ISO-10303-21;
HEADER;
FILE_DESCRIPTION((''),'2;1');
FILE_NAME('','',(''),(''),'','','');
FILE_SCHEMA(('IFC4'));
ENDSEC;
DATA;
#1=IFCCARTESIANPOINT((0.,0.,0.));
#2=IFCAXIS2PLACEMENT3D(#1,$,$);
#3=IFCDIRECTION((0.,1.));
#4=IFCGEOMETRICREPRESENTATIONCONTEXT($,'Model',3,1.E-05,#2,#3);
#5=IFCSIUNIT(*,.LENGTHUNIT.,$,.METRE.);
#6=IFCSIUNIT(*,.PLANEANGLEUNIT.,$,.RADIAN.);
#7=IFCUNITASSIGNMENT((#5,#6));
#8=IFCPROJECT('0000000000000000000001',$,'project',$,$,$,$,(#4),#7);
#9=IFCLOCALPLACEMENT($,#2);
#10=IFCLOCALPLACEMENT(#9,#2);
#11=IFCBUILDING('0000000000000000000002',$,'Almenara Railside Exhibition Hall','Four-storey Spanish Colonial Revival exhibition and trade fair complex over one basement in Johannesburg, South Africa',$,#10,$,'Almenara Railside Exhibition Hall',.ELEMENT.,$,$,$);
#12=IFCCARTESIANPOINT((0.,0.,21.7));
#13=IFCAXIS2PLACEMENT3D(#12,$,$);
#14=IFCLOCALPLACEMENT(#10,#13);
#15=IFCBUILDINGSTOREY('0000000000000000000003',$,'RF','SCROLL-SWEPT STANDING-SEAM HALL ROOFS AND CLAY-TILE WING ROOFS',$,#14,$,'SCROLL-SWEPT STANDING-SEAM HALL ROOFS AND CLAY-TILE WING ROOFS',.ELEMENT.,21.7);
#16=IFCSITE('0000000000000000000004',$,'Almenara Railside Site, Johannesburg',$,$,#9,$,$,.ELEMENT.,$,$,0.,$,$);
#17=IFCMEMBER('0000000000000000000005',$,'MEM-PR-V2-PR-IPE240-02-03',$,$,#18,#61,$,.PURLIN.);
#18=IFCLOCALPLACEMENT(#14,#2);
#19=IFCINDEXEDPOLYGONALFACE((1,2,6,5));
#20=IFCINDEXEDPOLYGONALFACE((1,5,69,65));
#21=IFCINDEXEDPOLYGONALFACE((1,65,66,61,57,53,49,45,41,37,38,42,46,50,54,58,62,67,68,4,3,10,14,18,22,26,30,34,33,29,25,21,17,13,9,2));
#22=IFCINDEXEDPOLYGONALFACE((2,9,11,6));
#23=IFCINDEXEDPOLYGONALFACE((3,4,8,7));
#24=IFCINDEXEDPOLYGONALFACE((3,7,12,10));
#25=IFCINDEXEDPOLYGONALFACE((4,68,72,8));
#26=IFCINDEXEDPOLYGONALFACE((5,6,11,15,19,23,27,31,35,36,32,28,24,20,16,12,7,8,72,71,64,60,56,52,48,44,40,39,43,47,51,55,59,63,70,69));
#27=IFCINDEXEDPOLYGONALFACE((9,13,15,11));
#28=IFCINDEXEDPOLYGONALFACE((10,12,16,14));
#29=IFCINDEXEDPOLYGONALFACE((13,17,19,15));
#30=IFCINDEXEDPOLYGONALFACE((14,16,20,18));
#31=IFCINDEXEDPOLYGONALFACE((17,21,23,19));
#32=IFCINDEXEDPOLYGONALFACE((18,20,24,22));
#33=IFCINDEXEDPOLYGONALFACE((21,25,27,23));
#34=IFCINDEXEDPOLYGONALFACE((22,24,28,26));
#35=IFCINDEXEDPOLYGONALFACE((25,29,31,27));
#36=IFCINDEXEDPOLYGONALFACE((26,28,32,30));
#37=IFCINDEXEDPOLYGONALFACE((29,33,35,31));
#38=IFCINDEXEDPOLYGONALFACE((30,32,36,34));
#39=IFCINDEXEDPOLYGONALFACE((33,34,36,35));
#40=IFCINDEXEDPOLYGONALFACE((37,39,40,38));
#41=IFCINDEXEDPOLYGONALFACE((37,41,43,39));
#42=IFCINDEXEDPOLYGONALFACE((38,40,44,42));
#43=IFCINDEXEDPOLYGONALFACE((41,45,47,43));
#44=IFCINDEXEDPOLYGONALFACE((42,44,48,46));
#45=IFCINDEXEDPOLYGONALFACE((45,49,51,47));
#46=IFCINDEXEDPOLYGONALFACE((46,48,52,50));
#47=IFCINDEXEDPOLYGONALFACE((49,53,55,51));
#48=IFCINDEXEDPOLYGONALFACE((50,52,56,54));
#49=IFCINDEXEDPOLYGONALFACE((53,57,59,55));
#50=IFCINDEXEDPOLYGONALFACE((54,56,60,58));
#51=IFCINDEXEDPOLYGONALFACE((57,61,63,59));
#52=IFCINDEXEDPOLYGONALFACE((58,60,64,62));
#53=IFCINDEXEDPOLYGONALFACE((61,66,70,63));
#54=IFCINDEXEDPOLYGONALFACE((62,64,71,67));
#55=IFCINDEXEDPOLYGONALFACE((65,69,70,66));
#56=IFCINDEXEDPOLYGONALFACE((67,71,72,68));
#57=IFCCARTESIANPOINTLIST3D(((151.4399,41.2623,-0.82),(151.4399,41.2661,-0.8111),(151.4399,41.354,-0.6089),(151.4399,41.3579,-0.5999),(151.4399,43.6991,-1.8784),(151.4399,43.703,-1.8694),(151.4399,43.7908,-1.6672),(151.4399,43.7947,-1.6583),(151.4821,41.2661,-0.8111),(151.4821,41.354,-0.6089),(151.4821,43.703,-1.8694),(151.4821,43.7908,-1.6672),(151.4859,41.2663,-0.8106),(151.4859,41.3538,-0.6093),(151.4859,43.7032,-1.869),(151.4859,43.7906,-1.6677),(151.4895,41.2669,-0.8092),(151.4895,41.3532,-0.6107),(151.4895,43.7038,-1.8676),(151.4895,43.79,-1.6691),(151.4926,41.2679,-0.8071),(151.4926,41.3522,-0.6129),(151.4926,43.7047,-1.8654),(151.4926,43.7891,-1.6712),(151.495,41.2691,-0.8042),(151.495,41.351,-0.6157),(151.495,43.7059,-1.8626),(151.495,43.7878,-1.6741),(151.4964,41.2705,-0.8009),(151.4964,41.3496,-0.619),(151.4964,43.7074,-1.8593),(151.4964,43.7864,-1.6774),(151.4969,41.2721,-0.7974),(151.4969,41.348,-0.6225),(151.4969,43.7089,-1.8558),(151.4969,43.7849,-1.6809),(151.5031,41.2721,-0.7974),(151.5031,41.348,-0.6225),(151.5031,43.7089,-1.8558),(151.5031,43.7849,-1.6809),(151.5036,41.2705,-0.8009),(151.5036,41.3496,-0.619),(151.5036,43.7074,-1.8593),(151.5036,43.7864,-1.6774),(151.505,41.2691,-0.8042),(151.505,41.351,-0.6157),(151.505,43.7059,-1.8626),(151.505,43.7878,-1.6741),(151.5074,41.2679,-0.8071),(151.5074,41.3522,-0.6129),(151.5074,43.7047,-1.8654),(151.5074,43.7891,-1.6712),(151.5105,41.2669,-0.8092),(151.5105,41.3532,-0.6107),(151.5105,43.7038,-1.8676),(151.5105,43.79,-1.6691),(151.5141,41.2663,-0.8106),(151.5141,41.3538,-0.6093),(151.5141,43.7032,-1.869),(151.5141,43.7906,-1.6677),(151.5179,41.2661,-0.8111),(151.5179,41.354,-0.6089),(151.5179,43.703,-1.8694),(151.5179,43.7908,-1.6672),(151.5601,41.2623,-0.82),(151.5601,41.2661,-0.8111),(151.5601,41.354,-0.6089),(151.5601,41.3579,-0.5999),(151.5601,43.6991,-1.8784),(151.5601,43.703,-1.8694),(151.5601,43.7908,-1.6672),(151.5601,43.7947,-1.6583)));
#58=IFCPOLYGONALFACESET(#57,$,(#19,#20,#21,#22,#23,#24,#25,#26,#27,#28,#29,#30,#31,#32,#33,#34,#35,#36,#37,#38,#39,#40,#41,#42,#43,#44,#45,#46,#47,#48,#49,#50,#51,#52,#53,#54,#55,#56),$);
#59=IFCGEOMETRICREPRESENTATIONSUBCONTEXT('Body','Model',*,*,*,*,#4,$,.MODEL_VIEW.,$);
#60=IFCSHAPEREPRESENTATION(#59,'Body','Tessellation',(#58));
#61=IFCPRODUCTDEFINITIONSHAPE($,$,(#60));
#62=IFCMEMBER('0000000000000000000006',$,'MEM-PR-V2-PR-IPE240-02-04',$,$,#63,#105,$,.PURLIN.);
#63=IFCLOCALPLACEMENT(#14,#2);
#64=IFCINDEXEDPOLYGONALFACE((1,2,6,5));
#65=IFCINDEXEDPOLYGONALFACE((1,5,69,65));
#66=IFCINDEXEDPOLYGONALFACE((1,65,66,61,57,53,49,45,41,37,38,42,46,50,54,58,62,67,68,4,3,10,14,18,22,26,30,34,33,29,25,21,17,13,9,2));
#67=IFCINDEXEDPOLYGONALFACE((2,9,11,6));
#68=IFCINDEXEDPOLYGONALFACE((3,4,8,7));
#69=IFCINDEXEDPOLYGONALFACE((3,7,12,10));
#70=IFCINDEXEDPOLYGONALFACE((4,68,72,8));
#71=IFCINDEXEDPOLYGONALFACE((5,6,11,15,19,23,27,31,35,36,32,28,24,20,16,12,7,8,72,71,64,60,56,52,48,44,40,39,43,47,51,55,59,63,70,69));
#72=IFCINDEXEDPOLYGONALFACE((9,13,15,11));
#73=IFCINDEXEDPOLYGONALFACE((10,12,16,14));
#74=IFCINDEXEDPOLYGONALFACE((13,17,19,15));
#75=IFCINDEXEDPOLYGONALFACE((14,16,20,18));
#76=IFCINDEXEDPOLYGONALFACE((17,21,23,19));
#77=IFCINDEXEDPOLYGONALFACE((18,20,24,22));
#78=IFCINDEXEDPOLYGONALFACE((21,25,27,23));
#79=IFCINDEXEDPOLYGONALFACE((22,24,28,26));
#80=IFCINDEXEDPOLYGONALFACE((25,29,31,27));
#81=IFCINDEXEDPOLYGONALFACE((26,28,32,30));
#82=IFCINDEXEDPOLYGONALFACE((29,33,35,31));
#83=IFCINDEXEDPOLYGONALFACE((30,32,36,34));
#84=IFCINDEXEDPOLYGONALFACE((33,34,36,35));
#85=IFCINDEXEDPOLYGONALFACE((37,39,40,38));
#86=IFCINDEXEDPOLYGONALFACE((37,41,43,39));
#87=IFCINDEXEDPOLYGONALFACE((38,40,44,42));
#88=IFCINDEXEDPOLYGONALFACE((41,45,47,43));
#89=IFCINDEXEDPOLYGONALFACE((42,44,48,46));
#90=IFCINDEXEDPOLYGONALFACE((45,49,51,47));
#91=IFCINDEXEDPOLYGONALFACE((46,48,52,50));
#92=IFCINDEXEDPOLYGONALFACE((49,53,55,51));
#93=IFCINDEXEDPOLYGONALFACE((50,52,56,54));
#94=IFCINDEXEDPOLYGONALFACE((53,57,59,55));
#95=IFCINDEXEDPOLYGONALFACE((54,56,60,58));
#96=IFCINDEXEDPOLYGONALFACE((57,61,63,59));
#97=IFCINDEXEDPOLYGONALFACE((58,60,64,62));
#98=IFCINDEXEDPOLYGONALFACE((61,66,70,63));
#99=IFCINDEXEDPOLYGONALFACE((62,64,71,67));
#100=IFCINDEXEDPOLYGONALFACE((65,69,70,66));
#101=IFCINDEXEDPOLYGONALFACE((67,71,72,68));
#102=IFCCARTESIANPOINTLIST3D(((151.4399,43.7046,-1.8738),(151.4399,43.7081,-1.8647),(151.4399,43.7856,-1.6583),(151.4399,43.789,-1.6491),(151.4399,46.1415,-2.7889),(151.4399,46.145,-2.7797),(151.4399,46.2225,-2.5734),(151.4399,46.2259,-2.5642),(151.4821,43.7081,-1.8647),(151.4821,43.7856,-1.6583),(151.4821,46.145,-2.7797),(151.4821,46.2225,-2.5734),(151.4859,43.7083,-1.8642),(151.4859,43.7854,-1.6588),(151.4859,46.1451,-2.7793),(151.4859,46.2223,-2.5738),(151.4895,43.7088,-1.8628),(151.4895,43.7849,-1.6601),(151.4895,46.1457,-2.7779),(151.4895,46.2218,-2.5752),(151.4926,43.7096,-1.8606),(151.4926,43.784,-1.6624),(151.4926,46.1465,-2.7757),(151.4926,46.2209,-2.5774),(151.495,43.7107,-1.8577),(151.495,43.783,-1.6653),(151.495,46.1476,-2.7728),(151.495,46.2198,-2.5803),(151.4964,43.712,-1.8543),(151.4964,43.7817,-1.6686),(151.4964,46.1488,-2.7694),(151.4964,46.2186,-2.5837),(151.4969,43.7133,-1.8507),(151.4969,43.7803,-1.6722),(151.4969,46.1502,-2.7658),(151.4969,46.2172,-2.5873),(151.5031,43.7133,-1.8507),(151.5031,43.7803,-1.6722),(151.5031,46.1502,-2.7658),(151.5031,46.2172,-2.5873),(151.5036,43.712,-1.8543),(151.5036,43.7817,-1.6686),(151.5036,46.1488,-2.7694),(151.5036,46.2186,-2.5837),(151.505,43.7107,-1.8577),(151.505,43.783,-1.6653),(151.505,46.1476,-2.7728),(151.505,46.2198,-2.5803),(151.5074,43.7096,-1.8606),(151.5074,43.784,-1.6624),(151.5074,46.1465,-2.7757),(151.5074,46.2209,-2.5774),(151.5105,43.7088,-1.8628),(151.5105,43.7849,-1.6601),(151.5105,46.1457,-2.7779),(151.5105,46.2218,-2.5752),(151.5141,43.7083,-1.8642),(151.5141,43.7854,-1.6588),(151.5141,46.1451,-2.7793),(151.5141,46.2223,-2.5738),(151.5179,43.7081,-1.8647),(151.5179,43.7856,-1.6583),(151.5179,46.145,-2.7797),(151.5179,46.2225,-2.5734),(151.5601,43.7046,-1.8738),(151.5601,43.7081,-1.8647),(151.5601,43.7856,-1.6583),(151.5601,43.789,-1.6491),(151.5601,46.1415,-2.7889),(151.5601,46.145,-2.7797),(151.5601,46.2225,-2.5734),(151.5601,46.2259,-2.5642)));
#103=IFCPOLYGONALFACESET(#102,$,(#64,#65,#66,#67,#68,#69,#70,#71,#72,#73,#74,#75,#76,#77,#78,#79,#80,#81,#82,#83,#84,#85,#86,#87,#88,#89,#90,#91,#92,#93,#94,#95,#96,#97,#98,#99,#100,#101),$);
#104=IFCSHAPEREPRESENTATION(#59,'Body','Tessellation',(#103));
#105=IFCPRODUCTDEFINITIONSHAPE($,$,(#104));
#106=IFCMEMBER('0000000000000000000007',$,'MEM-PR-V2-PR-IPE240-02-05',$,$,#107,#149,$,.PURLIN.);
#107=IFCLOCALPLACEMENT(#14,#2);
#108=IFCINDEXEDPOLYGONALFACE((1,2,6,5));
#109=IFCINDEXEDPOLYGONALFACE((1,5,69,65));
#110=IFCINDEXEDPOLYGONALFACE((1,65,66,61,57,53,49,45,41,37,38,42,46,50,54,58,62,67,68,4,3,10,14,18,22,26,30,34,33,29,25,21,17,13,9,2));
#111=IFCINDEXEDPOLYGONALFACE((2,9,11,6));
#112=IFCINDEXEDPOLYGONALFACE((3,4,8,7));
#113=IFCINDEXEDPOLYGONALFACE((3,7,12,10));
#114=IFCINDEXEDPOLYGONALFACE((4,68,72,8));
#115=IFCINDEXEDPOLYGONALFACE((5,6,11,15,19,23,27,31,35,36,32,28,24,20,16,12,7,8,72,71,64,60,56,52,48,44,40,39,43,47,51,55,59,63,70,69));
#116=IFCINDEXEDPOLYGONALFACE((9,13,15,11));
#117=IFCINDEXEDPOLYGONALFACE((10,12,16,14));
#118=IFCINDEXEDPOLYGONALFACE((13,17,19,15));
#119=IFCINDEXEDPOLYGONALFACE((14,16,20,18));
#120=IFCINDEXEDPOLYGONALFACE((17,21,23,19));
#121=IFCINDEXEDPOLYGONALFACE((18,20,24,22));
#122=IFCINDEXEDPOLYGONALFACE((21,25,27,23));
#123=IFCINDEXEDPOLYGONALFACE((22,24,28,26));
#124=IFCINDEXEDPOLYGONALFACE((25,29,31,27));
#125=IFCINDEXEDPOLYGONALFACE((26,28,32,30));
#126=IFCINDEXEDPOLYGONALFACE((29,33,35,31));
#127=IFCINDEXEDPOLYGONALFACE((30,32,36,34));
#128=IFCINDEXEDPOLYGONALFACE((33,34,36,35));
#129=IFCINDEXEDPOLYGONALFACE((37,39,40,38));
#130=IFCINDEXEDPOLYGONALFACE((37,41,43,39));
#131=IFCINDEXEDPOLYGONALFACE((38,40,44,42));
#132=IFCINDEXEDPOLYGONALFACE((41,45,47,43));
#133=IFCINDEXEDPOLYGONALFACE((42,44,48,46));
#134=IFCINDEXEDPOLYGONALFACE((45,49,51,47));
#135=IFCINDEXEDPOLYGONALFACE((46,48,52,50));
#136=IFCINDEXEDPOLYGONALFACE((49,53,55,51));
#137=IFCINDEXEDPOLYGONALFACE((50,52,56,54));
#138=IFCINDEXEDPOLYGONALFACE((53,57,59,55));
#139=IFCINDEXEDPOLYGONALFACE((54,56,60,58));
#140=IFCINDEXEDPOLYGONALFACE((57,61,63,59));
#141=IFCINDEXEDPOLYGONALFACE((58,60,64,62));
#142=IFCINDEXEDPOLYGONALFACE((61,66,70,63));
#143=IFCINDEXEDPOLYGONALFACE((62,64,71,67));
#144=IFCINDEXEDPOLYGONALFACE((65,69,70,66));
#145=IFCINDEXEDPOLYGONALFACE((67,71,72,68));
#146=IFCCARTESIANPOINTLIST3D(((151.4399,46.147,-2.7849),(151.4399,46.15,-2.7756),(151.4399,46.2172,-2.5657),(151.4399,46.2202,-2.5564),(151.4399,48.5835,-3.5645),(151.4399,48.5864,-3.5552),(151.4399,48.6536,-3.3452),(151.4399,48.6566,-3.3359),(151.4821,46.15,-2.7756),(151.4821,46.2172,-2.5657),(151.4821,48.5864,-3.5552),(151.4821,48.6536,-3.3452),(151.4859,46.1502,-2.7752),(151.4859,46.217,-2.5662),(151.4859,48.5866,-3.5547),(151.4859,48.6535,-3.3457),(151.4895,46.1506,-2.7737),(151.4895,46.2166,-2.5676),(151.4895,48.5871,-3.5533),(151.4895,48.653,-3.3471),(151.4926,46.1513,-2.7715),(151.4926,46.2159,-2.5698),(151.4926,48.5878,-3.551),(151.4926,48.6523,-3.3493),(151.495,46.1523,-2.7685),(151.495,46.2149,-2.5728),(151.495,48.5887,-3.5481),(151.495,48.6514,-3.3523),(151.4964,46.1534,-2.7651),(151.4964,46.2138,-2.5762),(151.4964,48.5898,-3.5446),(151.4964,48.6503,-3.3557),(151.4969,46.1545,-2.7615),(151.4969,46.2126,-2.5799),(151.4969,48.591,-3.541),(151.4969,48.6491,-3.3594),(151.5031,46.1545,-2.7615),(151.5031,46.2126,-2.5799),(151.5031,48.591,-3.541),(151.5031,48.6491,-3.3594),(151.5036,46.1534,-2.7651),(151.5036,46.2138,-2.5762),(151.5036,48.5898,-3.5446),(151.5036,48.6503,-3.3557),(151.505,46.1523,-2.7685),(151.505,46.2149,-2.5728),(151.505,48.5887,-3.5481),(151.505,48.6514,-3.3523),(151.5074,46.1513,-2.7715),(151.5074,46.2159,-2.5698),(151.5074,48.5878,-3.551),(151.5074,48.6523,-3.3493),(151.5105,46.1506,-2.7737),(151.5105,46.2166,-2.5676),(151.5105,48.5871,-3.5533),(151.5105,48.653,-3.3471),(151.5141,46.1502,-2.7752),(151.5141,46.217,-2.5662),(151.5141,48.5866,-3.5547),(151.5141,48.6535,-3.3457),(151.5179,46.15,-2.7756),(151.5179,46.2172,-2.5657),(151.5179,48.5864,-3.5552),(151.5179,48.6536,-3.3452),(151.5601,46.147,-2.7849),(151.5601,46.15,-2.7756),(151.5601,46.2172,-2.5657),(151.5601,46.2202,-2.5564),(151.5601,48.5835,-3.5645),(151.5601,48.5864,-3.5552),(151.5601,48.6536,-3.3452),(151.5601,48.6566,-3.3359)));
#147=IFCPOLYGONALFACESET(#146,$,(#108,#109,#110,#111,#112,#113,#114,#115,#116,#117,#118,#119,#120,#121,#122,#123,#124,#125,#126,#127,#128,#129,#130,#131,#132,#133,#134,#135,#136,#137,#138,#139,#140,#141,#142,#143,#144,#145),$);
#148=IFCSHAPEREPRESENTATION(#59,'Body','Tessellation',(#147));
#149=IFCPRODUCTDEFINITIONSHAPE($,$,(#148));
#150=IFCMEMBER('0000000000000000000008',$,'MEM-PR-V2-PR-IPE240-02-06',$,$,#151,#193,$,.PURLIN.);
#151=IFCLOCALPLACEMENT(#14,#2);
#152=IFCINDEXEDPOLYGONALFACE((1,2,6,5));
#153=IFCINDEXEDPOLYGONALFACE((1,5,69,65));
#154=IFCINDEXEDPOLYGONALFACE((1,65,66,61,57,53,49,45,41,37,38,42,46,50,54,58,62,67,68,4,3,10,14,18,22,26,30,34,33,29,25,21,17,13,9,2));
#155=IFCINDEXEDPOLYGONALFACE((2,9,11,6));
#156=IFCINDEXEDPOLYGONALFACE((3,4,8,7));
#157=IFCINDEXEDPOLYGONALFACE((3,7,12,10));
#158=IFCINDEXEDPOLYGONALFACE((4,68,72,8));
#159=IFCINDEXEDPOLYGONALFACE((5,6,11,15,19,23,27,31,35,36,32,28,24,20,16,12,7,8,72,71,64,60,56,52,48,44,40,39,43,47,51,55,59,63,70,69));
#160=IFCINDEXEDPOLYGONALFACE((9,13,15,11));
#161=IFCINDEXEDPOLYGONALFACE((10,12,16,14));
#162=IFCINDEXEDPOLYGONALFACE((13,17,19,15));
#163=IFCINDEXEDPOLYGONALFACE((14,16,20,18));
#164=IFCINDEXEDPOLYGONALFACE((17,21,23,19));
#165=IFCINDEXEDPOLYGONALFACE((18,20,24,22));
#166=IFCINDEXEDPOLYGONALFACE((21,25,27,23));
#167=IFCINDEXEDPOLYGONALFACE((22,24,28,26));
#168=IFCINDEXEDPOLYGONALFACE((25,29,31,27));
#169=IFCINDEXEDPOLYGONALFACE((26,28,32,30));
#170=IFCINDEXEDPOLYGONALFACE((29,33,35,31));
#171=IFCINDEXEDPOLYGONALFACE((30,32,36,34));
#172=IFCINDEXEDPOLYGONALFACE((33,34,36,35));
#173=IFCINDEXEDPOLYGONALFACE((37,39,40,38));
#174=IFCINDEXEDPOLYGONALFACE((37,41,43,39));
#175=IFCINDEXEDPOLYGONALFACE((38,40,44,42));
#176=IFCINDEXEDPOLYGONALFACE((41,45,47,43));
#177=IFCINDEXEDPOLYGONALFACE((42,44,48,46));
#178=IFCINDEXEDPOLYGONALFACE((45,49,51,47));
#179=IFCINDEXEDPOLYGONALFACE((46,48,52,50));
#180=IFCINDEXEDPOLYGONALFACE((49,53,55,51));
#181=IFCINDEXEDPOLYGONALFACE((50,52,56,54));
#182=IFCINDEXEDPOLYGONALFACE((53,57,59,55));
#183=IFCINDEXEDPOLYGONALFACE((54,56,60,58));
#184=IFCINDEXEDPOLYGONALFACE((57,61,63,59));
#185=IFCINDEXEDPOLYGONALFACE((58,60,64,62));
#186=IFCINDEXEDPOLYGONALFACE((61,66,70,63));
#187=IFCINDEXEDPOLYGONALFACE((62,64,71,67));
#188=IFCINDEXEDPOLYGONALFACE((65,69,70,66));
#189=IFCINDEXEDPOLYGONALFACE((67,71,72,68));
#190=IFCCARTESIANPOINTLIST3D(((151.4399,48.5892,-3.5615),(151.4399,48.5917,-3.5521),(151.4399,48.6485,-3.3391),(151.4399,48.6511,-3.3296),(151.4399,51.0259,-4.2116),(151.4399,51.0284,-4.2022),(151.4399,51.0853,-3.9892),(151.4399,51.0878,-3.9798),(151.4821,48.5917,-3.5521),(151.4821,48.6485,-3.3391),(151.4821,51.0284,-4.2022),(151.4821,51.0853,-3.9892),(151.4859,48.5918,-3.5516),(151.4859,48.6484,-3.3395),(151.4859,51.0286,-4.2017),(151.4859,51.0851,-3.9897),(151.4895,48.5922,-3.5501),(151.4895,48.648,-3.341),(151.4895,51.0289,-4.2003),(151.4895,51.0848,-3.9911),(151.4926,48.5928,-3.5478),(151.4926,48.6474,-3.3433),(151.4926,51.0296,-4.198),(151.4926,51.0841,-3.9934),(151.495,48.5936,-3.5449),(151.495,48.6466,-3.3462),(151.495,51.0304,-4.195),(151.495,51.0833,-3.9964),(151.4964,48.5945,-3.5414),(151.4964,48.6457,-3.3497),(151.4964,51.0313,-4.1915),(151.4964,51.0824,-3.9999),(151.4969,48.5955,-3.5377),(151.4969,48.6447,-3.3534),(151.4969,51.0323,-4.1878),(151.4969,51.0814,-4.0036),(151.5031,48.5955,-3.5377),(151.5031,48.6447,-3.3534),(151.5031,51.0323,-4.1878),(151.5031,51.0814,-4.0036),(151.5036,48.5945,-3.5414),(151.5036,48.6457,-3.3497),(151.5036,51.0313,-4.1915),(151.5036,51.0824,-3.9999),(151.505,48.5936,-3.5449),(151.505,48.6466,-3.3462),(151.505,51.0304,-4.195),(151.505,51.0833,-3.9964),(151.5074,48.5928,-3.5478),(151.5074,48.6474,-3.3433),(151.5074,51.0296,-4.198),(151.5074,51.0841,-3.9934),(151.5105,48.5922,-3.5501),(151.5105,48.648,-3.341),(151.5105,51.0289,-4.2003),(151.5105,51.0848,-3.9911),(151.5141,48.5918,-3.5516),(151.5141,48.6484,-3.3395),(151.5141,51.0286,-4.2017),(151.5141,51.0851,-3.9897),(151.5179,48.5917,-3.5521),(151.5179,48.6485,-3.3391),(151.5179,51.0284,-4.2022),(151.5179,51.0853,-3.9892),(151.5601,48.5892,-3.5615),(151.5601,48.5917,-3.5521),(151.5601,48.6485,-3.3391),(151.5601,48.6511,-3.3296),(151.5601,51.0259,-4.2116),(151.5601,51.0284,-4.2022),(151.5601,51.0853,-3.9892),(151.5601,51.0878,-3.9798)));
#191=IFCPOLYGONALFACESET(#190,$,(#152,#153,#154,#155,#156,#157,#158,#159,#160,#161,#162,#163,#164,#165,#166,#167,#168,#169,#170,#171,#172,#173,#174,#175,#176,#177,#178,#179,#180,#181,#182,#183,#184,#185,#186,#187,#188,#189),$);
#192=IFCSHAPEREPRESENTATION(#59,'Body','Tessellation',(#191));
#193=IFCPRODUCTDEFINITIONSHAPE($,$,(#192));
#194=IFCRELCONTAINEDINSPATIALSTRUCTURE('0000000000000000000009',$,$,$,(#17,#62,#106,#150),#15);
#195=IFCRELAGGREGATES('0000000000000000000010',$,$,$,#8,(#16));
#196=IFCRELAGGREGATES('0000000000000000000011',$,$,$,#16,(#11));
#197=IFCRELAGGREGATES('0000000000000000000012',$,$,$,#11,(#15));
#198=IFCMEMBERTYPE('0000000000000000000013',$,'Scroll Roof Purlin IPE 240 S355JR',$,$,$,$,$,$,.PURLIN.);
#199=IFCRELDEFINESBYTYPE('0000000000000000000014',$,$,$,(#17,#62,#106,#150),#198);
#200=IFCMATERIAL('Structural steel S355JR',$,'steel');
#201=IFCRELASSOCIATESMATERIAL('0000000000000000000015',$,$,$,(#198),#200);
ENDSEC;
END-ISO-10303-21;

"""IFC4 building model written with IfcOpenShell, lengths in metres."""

from ifc_helpers import new_model, si_unit, direction, frame, origin, origin_2d, place, context, subcontext, project, spatial, i_section, extrude, material, material_profile, profile_set, type_object, element, save


model = new_model("IFC4")

# Units and contexts
model_context = context("Model", 3, precision=1e-05, world=origin(), true_north=direction((0.0, 1.0)))
body_context = subcontext(model_context, "Body", "Model", "MODEL_VIEW")
ifc_project = project(units=[si_unit("LENGTHUNIT", "METRE"), si_unit("PLANEANGLEUNIT", "RADIAN")], contexts=[model_context])

# Site, building, storey
site_placement = place(None, origin())
site = spatial("IfcSite", under=ifc_project, at=site_placement, Name="Almenara Railside Site, Johannesburg", CompositionType="ELEMENT", RefElevation=0.0)
building_placement = place(site_placement, origin())
building = spatial("IfcBuilding", under=site, at=building_placement, Name="Almenara Railside Exhibition Hall", Description="Four-storey Spanish Colonial Revival exhibition and trade fair complex over one basement in Johannesburg, South Africa", LongName="Almenara Railside Exhibition Hall", CompositionType="ELEMENT")
storey_placement = place(building_placement, frame((0.0, 0.0, 21.7)))
storey = spatial("IfcBuildingStorey", under=building, at=storey_placement, Name="RF", Description="SCROLL-SWEPT STANDING-SEAM HALL ROOFS AND CLAY-TILE WING ROOFS", LongName="SCROLL-SWEPT STANDING-SEAM HALL ROOFS AND CLAY-TILE WING ROOFS", CompositionType="ELEMENT", Elevation=21.7)

# Members
ifc_material_1 = material(Name="Structural steel S355JR", Category="steel")
ifc_material_profile_1 = material_profile(ifc_material_1, i_section(OverallWidth=0.1201, OverallDepth=0.24, WebThickness=0.0061, FlangeThickness=0.0098, FilletRadius=0.0149, at=origin_2d()), Name="IPE 240")
ifc_profile_set_1 = profile_set([ifc_material_profile_1], Name="Structural steel S355JR")
member_type_1 = type_object("IfcMemberType", Name="Scroll Roof Purlin IPE 240 S355JR", PredefinedType="PURLIN", material=ifc_profile_set_1)
member_1_placement = place(storey_placement, frame((151.5, 41.3101, -0.71), z_axis=(0.0, 0.917223, -0.398373), x_axis=(-1.0, 0.0, 0.0)))
element("IfcMember", 1, at=member_1_placement, inside=storey, type_object=member_type_1, Name="MEM-PR-V2-PR-IPE240-02-03", PredefinedType="PURLIN", context=body_context, shape_type="SweptSolid", body=[
    extrude(i_section(OverallWidth=0.1201, OverallDepth=0.24, WebThickness=0.0061, FlangeThickness=0.0098, FilletRadius=0.0149, at=origin_2d()), origin(), (0.0, 0.0, 1.0), 2.6567),
])
member_2_placement = place(storey_placement, frame((151.5, 43.7468, -1.7615), z_axis=(0.0, 0.936171, -0.351545), x_axis=(-1.0, 0.0, 0.0)))
element("IfcMember", 2, at=member_2_placement, inside=storey, type_object=member_type_1, Name="MEM-PR-V2-PR-IPE240-02-04", PredefinedType="PURLIN", context=body_context, shape_type="SweptSolid", body=[
    extrude(i_section(OverallWidth=0.1201, OverallDepth=0.24, WebThickness=0.0061, FlangeThickness=0.0098, FilletRadius=0.0149, at=origin_2d()), origin(), (0.0, 0.0, 1.0), 2.603),
])
member_3_placement = place(storey_placement, frame((151.5, 46.1836, -2.6707), z_axis=(0.0, 0.952441, -0.304724), x_axis=(-1.0, 0.0, 0.0)))
element("IfcMember", 3, at=member_3_placement, inside=storey, type_object=member_type_1, Name="MEM-PR-V2-PR-IPE240-02-05", PredefinedType="PURLIN", context=body_context, shape_type="SweptSolid", body=[
    extrude(i_section(OverallWidth=0.1201, OverallDepth=0.24, WebThickness=0.0061, FlangeThickness=0.0098, FilletRadius=0.0149, at=origin_2d()), origin(), (0.0, 0.0, 1.0), 2.5581),
])
member_4_placement = place(storey_placement, frame((151.5, 48.6201, -3.4456), z_axis=(0.0, 0.966201, -0.257789), x_axis=(-1.0, 0.0, 0.0)))
element("IfcMember", 4, at=member_4_placement, inside=storey, type_object=member_type_1, Name="MEM-PR-V2-PR-IPE240-02-06", PredefinedType="PURLIN", context=body_context, shape_type="SweptSolid", body=[
    extrude(i_section(OverallWidth=0.1201, OverallDepth=0.24, WebThickness=0.0061, FlangeThickness=0.0098, FilletRadius=0.0149, at=origin_2d()), origin(), (0.0, 0.0, 1.0), 2.522),
])

save(model, "model.ifc")
